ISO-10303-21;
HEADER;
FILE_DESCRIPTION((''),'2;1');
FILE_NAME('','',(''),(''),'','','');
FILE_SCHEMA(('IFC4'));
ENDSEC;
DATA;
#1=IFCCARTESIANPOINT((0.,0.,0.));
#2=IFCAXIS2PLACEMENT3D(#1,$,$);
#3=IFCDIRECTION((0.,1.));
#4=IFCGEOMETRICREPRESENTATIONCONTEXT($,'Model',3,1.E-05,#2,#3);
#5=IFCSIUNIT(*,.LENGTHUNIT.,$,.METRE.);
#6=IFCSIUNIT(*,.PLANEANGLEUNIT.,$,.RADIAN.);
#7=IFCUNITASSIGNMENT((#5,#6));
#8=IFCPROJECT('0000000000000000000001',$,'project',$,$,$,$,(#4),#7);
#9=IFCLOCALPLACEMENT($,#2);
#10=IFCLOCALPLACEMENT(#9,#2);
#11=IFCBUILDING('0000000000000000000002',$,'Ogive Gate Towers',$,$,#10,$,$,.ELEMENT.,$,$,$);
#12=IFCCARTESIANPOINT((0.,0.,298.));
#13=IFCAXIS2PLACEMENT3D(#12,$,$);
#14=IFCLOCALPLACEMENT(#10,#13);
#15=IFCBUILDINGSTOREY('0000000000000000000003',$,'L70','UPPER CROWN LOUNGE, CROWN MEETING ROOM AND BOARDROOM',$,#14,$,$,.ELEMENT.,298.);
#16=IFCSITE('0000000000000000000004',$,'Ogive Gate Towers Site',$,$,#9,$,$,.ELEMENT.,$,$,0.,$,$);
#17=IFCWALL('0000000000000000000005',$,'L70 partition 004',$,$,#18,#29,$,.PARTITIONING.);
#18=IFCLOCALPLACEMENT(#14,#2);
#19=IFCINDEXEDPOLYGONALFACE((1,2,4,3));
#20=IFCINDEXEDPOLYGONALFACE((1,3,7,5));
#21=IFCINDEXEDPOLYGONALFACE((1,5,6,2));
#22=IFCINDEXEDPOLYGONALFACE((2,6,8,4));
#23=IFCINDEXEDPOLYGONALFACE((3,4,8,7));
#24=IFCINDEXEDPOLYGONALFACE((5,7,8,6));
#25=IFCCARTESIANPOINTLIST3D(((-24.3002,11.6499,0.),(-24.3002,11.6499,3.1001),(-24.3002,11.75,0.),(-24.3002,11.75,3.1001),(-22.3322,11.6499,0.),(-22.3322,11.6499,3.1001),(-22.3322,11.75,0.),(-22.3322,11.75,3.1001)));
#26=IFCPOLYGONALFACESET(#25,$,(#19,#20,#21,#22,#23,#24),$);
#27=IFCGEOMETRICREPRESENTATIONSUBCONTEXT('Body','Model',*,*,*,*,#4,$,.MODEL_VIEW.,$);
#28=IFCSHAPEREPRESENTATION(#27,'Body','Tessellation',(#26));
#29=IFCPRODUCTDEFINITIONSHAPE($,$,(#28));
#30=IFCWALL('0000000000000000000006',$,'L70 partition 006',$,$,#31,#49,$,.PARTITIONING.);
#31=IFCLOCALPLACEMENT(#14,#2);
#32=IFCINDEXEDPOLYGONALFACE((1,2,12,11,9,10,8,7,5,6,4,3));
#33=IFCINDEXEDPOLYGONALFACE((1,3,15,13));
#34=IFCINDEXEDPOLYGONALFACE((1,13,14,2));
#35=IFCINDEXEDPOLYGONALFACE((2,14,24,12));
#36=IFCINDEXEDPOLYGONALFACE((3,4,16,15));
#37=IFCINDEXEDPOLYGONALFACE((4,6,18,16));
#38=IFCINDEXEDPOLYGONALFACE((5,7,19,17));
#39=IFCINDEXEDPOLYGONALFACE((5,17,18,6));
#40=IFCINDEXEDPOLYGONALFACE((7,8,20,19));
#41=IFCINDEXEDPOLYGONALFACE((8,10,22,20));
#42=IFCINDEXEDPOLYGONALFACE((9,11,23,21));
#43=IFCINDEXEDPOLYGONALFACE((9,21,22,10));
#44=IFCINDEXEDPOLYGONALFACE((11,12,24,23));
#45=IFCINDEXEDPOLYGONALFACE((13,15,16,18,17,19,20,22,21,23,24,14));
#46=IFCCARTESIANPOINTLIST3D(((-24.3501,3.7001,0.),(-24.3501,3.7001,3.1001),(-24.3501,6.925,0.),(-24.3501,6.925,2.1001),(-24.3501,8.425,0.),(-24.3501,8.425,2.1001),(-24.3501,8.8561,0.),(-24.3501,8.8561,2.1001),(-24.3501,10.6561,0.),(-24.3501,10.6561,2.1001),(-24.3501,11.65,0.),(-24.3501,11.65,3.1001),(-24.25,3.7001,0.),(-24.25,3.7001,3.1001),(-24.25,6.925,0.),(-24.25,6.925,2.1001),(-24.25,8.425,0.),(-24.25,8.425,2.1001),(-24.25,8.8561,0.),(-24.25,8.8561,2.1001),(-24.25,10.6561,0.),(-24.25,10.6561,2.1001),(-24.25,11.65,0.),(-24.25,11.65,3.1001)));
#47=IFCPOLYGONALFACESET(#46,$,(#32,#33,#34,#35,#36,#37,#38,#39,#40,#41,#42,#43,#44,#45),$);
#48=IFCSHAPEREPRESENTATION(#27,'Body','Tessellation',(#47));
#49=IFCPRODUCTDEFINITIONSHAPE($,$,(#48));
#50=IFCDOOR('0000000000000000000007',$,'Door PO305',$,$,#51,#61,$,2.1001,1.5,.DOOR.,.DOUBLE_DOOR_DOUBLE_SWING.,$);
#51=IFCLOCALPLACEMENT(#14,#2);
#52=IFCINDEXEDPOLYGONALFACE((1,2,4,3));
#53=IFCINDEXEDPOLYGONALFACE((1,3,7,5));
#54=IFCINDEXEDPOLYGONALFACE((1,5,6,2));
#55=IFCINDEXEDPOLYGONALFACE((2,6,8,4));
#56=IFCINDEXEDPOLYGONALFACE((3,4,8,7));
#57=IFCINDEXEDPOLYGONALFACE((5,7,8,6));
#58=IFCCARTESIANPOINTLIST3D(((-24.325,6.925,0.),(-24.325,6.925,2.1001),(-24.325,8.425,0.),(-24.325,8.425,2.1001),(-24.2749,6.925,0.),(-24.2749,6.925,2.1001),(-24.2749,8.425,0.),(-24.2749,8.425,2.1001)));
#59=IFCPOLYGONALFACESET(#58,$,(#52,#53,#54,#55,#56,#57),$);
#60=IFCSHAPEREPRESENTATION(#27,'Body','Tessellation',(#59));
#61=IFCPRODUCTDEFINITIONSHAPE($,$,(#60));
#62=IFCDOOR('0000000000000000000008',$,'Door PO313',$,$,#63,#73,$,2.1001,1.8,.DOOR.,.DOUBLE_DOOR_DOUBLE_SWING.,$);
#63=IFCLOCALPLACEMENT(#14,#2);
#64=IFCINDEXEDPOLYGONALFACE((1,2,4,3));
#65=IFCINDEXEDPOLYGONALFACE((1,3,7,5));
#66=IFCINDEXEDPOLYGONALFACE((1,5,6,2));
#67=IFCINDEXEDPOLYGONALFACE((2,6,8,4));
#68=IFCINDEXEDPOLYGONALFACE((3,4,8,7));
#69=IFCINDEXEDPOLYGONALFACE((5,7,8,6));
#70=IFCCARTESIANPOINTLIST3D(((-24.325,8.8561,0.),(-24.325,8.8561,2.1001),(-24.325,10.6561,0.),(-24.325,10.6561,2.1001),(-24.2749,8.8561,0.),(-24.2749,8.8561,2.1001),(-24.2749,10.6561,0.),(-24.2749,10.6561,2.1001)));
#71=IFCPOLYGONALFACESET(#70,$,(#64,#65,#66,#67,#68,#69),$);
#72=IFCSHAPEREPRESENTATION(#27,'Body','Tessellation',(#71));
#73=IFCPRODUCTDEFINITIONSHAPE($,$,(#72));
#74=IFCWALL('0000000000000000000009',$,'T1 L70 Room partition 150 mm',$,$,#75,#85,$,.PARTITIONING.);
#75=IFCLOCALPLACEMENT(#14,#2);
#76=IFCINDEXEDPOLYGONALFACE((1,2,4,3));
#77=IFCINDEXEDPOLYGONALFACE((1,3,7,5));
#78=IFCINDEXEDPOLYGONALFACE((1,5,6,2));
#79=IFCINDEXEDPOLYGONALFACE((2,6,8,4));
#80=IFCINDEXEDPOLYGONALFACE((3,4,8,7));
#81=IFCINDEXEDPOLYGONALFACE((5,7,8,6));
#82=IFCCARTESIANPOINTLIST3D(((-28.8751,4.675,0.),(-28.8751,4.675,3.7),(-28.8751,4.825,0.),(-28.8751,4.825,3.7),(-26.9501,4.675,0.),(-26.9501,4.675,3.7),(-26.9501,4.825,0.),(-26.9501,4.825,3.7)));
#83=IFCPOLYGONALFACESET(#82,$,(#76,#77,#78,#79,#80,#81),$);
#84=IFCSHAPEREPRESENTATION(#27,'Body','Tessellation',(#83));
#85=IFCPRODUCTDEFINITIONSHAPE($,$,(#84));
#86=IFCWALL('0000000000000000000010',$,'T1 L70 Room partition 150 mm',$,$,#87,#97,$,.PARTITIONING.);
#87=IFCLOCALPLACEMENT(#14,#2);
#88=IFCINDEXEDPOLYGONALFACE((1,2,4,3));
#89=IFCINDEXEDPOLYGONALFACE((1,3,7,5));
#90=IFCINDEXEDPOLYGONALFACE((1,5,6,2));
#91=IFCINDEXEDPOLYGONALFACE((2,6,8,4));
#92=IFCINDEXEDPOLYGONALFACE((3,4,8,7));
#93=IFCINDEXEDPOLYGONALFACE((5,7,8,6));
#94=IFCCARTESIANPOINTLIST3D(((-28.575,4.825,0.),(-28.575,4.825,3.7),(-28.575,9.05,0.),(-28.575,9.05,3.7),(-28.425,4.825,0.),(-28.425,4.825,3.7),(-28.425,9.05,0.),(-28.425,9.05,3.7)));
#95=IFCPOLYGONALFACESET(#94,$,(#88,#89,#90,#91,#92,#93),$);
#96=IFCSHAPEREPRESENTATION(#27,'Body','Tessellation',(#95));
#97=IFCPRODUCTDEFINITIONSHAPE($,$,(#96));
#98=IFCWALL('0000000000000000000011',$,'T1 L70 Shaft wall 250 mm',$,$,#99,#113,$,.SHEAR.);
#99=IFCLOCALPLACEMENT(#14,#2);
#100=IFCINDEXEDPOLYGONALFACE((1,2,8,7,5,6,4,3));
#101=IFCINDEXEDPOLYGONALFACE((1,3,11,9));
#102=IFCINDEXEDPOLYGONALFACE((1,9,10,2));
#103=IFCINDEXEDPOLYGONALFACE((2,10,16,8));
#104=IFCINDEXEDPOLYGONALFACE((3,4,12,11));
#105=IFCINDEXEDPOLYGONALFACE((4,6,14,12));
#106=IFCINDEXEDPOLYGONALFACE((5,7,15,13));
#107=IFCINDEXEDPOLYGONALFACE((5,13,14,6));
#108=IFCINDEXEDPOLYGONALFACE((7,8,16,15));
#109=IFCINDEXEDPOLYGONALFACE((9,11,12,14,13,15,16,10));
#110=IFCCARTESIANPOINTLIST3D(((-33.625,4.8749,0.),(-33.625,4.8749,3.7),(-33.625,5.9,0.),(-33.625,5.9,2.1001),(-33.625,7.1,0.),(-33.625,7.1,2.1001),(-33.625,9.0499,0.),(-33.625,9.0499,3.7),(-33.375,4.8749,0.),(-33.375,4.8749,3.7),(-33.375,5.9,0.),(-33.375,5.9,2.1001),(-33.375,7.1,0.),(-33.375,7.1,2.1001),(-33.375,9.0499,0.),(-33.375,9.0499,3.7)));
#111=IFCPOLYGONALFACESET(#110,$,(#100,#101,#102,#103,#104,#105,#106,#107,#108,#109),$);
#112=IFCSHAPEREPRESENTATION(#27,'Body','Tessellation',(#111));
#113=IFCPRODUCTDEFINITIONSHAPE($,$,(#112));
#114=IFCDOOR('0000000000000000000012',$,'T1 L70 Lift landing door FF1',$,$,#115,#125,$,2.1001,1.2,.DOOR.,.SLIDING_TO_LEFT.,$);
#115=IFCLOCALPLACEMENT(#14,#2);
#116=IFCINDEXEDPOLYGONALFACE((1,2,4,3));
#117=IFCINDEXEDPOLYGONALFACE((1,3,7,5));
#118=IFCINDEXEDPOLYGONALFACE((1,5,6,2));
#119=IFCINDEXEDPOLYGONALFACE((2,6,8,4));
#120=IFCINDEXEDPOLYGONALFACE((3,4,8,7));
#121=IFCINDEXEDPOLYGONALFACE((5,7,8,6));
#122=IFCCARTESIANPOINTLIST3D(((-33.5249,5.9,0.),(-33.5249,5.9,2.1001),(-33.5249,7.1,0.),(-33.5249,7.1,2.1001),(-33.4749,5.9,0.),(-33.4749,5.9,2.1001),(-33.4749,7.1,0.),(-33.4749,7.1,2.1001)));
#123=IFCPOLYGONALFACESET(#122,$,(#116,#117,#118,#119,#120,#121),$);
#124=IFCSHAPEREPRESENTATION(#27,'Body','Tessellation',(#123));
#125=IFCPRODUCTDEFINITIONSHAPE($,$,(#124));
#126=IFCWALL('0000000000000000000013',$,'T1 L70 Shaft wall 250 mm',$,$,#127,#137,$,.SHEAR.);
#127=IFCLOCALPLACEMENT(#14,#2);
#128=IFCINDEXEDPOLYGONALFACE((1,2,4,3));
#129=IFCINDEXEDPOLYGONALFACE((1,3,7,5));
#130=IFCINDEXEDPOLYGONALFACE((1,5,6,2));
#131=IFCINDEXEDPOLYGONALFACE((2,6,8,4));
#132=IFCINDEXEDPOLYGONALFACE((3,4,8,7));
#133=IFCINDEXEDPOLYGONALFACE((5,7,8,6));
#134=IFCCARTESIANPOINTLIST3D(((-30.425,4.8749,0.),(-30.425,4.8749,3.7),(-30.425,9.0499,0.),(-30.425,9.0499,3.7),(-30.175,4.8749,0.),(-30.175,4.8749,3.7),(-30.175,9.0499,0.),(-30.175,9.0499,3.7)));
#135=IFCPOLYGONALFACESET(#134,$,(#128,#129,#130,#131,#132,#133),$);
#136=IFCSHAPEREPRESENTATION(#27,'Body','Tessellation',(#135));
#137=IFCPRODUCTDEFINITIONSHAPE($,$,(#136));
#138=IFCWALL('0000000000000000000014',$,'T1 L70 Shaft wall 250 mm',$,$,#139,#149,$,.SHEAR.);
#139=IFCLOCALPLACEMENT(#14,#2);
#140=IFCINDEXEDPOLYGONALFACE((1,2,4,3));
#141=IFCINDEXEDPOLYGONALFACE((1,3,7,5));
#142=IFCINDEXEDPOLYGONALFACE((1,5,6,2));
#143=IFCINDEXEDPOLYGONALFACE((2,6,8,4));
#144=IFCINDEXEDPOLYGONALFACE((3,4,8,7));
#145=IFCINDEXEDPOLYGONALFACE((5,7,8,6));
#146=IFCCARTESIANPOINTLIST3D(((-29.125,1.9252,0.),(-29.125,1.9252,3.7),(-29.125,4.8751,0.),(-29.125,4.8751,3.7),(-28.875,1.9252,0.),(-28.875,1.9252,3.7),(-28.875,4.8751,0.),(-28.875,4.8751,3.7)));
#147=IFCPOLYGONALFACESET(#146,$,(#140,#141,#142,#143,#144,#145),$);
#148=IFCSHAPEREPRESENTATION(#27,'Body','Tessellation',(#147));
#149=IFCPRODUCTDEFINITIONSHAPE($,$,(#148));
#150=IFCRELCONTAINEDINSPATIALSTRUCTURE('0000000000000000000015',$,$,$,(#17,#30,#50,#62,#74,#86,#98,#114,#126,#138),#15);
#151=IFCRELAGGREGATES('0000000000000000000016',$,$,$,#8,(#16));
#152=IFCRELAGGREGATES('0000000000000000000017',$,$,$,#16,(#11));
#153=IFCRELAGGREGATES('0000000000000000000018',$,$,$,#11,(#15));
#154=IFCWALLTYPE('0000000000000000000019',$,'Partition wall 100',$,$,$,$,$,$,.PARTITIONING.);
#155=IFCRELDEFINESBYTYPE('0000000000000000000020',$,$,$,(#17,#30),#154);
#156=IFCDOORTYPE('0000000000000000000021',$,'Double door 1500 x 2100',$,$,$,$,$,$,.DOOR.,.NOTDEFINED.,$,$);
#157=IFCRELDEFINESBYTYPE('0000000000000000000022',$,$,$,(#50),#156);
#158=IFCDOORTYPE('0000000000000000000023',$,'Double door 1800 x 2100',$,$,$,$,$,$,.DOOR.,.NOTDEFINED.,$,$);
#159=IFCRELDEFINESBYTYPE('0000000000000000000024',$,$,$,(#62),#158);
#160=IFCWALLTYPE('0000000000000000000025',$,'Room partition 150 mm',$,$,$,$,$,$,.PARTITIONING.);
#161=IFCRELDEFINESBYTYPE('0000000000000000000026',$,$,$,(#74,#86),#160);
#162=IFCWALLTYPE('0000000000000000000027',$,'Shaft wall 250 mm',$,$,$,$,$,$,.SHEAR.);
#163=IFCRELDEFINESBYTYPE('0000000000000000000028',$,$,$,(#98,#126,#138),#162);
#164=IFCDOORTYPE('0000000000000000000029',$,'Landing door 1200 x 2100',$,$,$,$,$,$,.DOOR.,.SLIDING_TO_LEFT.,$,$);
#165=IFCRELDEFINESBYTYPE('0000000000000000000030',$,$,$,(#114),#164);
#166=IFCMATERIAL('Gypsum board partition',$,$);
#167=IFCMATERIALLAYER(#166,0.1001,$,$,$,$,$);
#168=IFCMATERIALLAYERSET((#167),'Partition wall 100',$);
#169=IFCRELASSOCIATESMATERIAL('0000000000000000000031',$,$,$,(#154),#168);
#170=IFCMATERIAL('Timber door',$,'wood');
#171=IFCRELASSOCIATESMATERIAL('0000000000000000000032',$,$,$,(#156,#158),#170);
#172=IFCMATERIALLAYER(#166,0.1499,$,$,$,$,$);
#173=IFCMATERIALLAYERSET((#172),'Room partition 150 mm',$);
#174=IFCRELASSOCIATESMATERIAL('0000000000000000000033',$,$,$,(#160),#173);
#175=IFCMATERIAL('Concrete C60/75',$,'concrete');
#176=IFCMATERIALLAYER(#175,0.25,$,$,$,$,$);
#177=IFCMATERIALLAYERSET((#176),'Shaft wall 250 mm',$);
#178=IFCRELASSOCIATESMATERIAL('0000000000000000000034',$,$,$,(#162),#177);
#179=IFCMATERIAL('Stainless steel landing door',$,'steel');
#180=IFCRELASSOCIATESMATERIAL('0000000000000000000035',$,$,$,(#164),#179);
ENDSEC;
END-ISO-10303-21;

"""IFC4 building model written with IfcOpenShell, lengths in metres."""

from ifc_helpers import new_model, si_unit, direction, frame, frame_2d, origin, place, context, subcontext, project, spatial, rectangle, extrude, material, layer, layer_set, type_object, element, fill, save


model = new_model("IFC4")

# Units and contexts
model_context = context("Model", 3, precision=1e-05, world=origin(), true_north=direction((0.0, 1.0)))
body_context = subcontext(model_context, "Body", "Model", "MODEL_VIEW")
ifc_project = project(units=[si_unit("LENGTHUNIT", "METRE"), si_unit("PLANEANGLEUNIT", "RADIAN")], contexts=[model_context])

# Site, building, storey
site_placement = place(None, origin())
site = spatial("IfcSite", under=ifc_project, at=site_placement, Name="Ogive Gate Towers Site", CompositionType="ELEMENT", RefElevation=0.0)
building_placement = place(site_placement, origin())
building = spatial("IfcBuilding", under=site, at=building_placement, Name="Ogive Gate Towers", CompositionType="ELEMENT")
storey_placement = place(building_placement, frame((0.0, 0.0, 298.0)))
storey = spatial("IfcBuildingStorey", under=building, at=storey_placement, Name="L70", Description="UPPER CROWN LOUNGE, CROWN MEETING ROOM AND BOARDROOM", CompositionType="ELEMENT", Elevation=298.0)

# Wall
ifc_material_1 = material(Name="Gypsum board partition")
ifc_layer_1 = layer(ifc_material_1, 0.1001)
ifc_layer_set_1 = layer_set([ifc_layer_1], Name="Partition wall 100")
wall_type_1 = type_object("IfcWallType", Name="Partition wall 100", PredefinedType="PARTITIONING", material=ifc_layer_set_1)
wall_1_placement = place(storey_placement, frame((-24.3, 11.7, 0.0), z_axis=(0.0, 0.0, 1.0), x_axis=(1.0, 0.0, 0.0)))
element("IfcWall", 1, at=wall_1_placement, inside=storey, type_object=wall_type_1, Name="L70 partition 004", PredefinedType="PARTITIONING", context=body_context, shape_type="SweptSolid", body=[
    extrude(rectangle(XDim=1.968, YDim=0.1001, at=frame_2d((0.9839, 0.0))), origin(), (0.0, 0.0, 1.0), 3.1001),
])

# Wall, openings, doors
wall_2_placement = place(storey_placement, frame((-24.3, 3.7, 0.0), z_axis=(0.0, 0.0, 1.0), x_axis=(0.0, 1.0, 0.0)))
wall_2 = element("IfcWall", 2, at=wall_2_placement, inside=storey, type_object=wall_type_1, Name="L70 partition 006", PredefinedType="PARTITIONING", context=body_context, shape_type="SweptSolid", body=[
    extrude(rectangle(XDim=7.95, YDim=0.1001, at=frame_2d((3.9751, 0.0))), origin(), (0.0, 0.0, 1.0), 3.1001),
])
opening_1_placement = place(wall_2_placement, frame((3.2251, 0.0, 0.0)))
opening_1 = element("IfcOpeningElement", 3, at=opening_1_placement, cuts=wall_2, PredefinedType="OPENING", context=body_context, shape_type="SweptSolid", body=[
    extrude(rectangle(XDim=1.5, YDim=2.1001, at=frame_2d((0.75, 1.05))), frame((0.0, 0.0601, 0.0), z_axis=(0.0, -1.0, 0.0), x_axis=(1.0, 0.0, 0.0)), (0.0, 0.0, 1.0), 0.1201),
])
opening_2_placement = place(wall_2_placement, frame((5.1562, 0.0, 0.0)))
opening_2 = element("IfcOpeningElement", 4, at=opening_2_placement, cuts=wall_2, PredefinedType="OPENING", context=body_context, shape_type="SweptSolid", body=[
    extrude(rectangle(XDim=1.8, YDim=2.1001, at=frame_2d((0.8999, 1.05))), frame((0.0, 0.0601, 0.0), z_axis=(0.0, -1.0, 0.0), x_axis=(1.0, 0.0, 0.0)), (0.0, 0.0, 1.0), 0.1201),
])
ifc_material_2 = material(Name="Timber door", Category="wood")
door_type_1 = type_object("IfcDoorType", Name="Double door 1500 x 2100", OperationType="NOTDEFINED", PredefinedType="DOOR", material=ifc_material_2)
door_1_placement = place(opening_1_placement, origin())
door_1 = element("IfcDoor", 5, at=door_1_placement, inside=storey, type_object=door_type_1, Name="Door PO305", OperationType="DOUBLE_DOOR_DOUBLE_SWING", OverallHeight=2.1001, OverallWidth=1.5, PredefinedType="DOOR", context=body_context, shape_type="SweptSolid", body=[
    extrude(rectangle(XDim=1.5, YDim=2.1001, at=frame_2d((0.75, 1.05))), frame((0.0, 0.0249, 0.0), z_axis=(0.0, -1.0, 0.0), x_axis=(1.0, 0.0, 0.0)), (0.0, 0.0, 1.0), 0.05),
])
fill(opening_1, door_1)
door_type_2 = type_object("IfcDoorType", Name="Double door 1800 x 2100", OperationType="NOTDEFINED", PredefinedType="DOOR", material=ifc_material_2)
door_2_placement = place(opening_2_placement, origin())
door_2 = element("IfcDoor", 6, at=door_2_placement, inside=storey, type_object=door_type_2, Name="Door PO313", OperationType="DOUBLE_DOOR_DOUBLE_SWING", OverallHeight=2.1001, OverallWidth=1.8, PredefinedType="DOOR", context=body_context, shape_type="SweptSolid", body=[
    extrude(rectangle(XDim=1.8, YDim=2.1001, at=frame_2d((0.8999, 1.05))), frame((0.0, 0.0249, 0.0), z_axis=(0.0, -1.0, 0.0), x_axis=(1.0, 0.0, 0.0)), (0.0, 0.0, 1.0), 0.05),
])
fill(opening_2, door_2)

# Walls
ifc_layer_2 = layer(ifc_material_1, 0.1499)
ifc_layer_set_2 = layer_set([ifc_layer_2], Name="Room partition 150 mm")
wall_type_2 = type_object("IfcWallType", Name="Room partition 150 mm", PredefinedType="PARTITIONING", material=ifc_layer_set_2)
wall_3_placement = place(storey_placement, frame((-28.875, 4.75, 0.0), z_axis=(0.0, 0.0, 1.0), x_axis=(1.0, 0.0, 0.0)))
element("IfcWall", 7, at=wall_3_placement, inside=storey, type_object=wall_type_2, Name="T1 L70 Room partition 150 mm", PredefinedType="PARTITIONING", context=body_context, shape_type="SweptSolid", body=[
    extrude(rectangle(XDim=1.925, YDim=0.1499, at=frame_2d((0.9624, 0.0))), origin(), (0.0, 0.0, 1.0), 3.7),
])
wall_4_placement = place(storey_placement, frame((-28.5, 4.825, 0.0), z_axis=(0.0, 0.0, 1.0), x_axis=(0.0, 1.0, 0.0)))
element("IfcWall", 8, at=wall_4_placement, inside=storey, type_object=wall_type_2, Name="T1 L70 Room partition 150 mm", PredefinedType="PARTITIONING", context=body_context, shape_type="SweptSolid", body=[
    extrude(rectangle(XDim=4.2251, YDim=0.1499, at=frame_2d((2.1125, 0.0))), origin(), (0.0, 0.0, 1.0), 3.7),
])

# Wall, opening, door
ifc_material_3 = material(Name="Concrete C60/75", Category="concrete")
ifc_layer_3 = layer(ifc_material_3, 0.25)
ifc_layer_set_3 = layer_set([ifc_layer_3], Name="Shaft wall 250 mm")
wall_type_3 = type_object("IfcWallType", Name="Shaft wall 250 mm", PredefinedType="SHEAR", material=ifc_layer_set_3)
wall_5_placement = place(storey_placement, frame((-33.5, 4.875, 0.0), z_axis=(0.0, 0.0, 1.0), x_axis=(0.0, 1.0, 0.0)))
wall_5 = element("IfcWall", 9, at=wall_5_placement, inside=storey, type_object=wall_type_3, Name="T1 L70 Shaft wall 250 mm", PredefinedType="SHEAR", context=body_context, shape_type="SweptSolid", body=[
    extrude(rectangle(XDim=4.175, YDim=0.25, at=frame_2d((2.0874, 0.0))), origin(), (0.0, 0.0, 1.0), 3.7),
])
opening_3_placement = place(wall_5_placement, frame((1.0249, 0.0, 0.0)))
opening_3 = element("IfcOpeningElement", 10, at=opening_3_placement, cuts=wall_5, PredefinedType="OPENING", context=body_context, shape_type="SweptSolid", body=[
    extrude(rectangle(XDim=1.2, YDim=2.1001, at=frame_2d((0.6001, 1.05))), frame((0.0, 0.135, 0.0), z_axis=(0.0, -1.0, 0.0), x_axis=(1.0, 0.0, 0.0)), (0.0, 0.0, 1.0), 0.27),
])
ifc_material_4 = material(Name="Stainless steel landing door", Category="steel")
door_type_3 = type_object("IfcDoorType", Name="Landing door 1200 x 2100", OperationType="SLIDING_TO_LEFT", PredefinedType="DOOR", material=ifc_material_4)
door_3_placement = place(opening_3_placement, origin())
door_3 = element("IfcDoor", 11, at=door_3_placement, inside=storey, type_object=door_type_3, Name="T1 L70 Lift landing door FF1", OperationType="SLIDING_TO_LEFT", OverallHeight=2.1001, OverallWidth=1.2, PredefinedType="DOOR", context=body_context, shape_type="SweptSolid", body=[
    extrude(rectangle(XDim=1.2, YDim=2.1001, at=frame_2d((0.6001, 1.05))), frame((0.0, 0.0249, 0.0), z_axis=(0.0, -1.0, 0.0), x_axis=(1.0, 0.0, 0.0)), (0.0, 0.0, 1.0), 0.05),
])
fill(opening_3, door_3)

# Walls
wall_6_placement = place(storey_placement, frame((-30.3, 4.875, 0.0), z_axis=(0.0, 0.0, 1.0), x_axis=(0.0, 1.0, 0.0)))
element("IfcWall", 12, at=wall_6_placement, inside=storey, type_object=wall_type_3, Name="T1 L70 Shaft wall 250 mm", PredefinedType="SHEAR", context=body_context, shape_type="SweptSolid", body=[
    extrude(rectangle(XDim=4.175, YDim=0.25, at=frame_2d((2.0874, 0.0))), origin(), (0.0, 0.0, 1.0), 3.7),
])
wall_7_placement = place(storey_placement, frame((-29.0, 1.925, 0.0), z_axis=(0.0, 0.0, 1.0), x_axis=(0.0, 1.0, 0.0)))
element("IfcWall", 13, at=wall_7_placement, inside=storey, type_object=wall_type_3, Name="T1 L70 Shaft wall 250 mm", PredefinedType="SHEAR", context=body_context, shape_type="SweptSolid", body=[
    extrude(rectangle(XDim=2.95, YDim=0.25, at=frame_2d((1.4751, 0.0))), origin(), (0.0, 0.0, 1.0), 3.7),
])

save(model, "model.ifc")
